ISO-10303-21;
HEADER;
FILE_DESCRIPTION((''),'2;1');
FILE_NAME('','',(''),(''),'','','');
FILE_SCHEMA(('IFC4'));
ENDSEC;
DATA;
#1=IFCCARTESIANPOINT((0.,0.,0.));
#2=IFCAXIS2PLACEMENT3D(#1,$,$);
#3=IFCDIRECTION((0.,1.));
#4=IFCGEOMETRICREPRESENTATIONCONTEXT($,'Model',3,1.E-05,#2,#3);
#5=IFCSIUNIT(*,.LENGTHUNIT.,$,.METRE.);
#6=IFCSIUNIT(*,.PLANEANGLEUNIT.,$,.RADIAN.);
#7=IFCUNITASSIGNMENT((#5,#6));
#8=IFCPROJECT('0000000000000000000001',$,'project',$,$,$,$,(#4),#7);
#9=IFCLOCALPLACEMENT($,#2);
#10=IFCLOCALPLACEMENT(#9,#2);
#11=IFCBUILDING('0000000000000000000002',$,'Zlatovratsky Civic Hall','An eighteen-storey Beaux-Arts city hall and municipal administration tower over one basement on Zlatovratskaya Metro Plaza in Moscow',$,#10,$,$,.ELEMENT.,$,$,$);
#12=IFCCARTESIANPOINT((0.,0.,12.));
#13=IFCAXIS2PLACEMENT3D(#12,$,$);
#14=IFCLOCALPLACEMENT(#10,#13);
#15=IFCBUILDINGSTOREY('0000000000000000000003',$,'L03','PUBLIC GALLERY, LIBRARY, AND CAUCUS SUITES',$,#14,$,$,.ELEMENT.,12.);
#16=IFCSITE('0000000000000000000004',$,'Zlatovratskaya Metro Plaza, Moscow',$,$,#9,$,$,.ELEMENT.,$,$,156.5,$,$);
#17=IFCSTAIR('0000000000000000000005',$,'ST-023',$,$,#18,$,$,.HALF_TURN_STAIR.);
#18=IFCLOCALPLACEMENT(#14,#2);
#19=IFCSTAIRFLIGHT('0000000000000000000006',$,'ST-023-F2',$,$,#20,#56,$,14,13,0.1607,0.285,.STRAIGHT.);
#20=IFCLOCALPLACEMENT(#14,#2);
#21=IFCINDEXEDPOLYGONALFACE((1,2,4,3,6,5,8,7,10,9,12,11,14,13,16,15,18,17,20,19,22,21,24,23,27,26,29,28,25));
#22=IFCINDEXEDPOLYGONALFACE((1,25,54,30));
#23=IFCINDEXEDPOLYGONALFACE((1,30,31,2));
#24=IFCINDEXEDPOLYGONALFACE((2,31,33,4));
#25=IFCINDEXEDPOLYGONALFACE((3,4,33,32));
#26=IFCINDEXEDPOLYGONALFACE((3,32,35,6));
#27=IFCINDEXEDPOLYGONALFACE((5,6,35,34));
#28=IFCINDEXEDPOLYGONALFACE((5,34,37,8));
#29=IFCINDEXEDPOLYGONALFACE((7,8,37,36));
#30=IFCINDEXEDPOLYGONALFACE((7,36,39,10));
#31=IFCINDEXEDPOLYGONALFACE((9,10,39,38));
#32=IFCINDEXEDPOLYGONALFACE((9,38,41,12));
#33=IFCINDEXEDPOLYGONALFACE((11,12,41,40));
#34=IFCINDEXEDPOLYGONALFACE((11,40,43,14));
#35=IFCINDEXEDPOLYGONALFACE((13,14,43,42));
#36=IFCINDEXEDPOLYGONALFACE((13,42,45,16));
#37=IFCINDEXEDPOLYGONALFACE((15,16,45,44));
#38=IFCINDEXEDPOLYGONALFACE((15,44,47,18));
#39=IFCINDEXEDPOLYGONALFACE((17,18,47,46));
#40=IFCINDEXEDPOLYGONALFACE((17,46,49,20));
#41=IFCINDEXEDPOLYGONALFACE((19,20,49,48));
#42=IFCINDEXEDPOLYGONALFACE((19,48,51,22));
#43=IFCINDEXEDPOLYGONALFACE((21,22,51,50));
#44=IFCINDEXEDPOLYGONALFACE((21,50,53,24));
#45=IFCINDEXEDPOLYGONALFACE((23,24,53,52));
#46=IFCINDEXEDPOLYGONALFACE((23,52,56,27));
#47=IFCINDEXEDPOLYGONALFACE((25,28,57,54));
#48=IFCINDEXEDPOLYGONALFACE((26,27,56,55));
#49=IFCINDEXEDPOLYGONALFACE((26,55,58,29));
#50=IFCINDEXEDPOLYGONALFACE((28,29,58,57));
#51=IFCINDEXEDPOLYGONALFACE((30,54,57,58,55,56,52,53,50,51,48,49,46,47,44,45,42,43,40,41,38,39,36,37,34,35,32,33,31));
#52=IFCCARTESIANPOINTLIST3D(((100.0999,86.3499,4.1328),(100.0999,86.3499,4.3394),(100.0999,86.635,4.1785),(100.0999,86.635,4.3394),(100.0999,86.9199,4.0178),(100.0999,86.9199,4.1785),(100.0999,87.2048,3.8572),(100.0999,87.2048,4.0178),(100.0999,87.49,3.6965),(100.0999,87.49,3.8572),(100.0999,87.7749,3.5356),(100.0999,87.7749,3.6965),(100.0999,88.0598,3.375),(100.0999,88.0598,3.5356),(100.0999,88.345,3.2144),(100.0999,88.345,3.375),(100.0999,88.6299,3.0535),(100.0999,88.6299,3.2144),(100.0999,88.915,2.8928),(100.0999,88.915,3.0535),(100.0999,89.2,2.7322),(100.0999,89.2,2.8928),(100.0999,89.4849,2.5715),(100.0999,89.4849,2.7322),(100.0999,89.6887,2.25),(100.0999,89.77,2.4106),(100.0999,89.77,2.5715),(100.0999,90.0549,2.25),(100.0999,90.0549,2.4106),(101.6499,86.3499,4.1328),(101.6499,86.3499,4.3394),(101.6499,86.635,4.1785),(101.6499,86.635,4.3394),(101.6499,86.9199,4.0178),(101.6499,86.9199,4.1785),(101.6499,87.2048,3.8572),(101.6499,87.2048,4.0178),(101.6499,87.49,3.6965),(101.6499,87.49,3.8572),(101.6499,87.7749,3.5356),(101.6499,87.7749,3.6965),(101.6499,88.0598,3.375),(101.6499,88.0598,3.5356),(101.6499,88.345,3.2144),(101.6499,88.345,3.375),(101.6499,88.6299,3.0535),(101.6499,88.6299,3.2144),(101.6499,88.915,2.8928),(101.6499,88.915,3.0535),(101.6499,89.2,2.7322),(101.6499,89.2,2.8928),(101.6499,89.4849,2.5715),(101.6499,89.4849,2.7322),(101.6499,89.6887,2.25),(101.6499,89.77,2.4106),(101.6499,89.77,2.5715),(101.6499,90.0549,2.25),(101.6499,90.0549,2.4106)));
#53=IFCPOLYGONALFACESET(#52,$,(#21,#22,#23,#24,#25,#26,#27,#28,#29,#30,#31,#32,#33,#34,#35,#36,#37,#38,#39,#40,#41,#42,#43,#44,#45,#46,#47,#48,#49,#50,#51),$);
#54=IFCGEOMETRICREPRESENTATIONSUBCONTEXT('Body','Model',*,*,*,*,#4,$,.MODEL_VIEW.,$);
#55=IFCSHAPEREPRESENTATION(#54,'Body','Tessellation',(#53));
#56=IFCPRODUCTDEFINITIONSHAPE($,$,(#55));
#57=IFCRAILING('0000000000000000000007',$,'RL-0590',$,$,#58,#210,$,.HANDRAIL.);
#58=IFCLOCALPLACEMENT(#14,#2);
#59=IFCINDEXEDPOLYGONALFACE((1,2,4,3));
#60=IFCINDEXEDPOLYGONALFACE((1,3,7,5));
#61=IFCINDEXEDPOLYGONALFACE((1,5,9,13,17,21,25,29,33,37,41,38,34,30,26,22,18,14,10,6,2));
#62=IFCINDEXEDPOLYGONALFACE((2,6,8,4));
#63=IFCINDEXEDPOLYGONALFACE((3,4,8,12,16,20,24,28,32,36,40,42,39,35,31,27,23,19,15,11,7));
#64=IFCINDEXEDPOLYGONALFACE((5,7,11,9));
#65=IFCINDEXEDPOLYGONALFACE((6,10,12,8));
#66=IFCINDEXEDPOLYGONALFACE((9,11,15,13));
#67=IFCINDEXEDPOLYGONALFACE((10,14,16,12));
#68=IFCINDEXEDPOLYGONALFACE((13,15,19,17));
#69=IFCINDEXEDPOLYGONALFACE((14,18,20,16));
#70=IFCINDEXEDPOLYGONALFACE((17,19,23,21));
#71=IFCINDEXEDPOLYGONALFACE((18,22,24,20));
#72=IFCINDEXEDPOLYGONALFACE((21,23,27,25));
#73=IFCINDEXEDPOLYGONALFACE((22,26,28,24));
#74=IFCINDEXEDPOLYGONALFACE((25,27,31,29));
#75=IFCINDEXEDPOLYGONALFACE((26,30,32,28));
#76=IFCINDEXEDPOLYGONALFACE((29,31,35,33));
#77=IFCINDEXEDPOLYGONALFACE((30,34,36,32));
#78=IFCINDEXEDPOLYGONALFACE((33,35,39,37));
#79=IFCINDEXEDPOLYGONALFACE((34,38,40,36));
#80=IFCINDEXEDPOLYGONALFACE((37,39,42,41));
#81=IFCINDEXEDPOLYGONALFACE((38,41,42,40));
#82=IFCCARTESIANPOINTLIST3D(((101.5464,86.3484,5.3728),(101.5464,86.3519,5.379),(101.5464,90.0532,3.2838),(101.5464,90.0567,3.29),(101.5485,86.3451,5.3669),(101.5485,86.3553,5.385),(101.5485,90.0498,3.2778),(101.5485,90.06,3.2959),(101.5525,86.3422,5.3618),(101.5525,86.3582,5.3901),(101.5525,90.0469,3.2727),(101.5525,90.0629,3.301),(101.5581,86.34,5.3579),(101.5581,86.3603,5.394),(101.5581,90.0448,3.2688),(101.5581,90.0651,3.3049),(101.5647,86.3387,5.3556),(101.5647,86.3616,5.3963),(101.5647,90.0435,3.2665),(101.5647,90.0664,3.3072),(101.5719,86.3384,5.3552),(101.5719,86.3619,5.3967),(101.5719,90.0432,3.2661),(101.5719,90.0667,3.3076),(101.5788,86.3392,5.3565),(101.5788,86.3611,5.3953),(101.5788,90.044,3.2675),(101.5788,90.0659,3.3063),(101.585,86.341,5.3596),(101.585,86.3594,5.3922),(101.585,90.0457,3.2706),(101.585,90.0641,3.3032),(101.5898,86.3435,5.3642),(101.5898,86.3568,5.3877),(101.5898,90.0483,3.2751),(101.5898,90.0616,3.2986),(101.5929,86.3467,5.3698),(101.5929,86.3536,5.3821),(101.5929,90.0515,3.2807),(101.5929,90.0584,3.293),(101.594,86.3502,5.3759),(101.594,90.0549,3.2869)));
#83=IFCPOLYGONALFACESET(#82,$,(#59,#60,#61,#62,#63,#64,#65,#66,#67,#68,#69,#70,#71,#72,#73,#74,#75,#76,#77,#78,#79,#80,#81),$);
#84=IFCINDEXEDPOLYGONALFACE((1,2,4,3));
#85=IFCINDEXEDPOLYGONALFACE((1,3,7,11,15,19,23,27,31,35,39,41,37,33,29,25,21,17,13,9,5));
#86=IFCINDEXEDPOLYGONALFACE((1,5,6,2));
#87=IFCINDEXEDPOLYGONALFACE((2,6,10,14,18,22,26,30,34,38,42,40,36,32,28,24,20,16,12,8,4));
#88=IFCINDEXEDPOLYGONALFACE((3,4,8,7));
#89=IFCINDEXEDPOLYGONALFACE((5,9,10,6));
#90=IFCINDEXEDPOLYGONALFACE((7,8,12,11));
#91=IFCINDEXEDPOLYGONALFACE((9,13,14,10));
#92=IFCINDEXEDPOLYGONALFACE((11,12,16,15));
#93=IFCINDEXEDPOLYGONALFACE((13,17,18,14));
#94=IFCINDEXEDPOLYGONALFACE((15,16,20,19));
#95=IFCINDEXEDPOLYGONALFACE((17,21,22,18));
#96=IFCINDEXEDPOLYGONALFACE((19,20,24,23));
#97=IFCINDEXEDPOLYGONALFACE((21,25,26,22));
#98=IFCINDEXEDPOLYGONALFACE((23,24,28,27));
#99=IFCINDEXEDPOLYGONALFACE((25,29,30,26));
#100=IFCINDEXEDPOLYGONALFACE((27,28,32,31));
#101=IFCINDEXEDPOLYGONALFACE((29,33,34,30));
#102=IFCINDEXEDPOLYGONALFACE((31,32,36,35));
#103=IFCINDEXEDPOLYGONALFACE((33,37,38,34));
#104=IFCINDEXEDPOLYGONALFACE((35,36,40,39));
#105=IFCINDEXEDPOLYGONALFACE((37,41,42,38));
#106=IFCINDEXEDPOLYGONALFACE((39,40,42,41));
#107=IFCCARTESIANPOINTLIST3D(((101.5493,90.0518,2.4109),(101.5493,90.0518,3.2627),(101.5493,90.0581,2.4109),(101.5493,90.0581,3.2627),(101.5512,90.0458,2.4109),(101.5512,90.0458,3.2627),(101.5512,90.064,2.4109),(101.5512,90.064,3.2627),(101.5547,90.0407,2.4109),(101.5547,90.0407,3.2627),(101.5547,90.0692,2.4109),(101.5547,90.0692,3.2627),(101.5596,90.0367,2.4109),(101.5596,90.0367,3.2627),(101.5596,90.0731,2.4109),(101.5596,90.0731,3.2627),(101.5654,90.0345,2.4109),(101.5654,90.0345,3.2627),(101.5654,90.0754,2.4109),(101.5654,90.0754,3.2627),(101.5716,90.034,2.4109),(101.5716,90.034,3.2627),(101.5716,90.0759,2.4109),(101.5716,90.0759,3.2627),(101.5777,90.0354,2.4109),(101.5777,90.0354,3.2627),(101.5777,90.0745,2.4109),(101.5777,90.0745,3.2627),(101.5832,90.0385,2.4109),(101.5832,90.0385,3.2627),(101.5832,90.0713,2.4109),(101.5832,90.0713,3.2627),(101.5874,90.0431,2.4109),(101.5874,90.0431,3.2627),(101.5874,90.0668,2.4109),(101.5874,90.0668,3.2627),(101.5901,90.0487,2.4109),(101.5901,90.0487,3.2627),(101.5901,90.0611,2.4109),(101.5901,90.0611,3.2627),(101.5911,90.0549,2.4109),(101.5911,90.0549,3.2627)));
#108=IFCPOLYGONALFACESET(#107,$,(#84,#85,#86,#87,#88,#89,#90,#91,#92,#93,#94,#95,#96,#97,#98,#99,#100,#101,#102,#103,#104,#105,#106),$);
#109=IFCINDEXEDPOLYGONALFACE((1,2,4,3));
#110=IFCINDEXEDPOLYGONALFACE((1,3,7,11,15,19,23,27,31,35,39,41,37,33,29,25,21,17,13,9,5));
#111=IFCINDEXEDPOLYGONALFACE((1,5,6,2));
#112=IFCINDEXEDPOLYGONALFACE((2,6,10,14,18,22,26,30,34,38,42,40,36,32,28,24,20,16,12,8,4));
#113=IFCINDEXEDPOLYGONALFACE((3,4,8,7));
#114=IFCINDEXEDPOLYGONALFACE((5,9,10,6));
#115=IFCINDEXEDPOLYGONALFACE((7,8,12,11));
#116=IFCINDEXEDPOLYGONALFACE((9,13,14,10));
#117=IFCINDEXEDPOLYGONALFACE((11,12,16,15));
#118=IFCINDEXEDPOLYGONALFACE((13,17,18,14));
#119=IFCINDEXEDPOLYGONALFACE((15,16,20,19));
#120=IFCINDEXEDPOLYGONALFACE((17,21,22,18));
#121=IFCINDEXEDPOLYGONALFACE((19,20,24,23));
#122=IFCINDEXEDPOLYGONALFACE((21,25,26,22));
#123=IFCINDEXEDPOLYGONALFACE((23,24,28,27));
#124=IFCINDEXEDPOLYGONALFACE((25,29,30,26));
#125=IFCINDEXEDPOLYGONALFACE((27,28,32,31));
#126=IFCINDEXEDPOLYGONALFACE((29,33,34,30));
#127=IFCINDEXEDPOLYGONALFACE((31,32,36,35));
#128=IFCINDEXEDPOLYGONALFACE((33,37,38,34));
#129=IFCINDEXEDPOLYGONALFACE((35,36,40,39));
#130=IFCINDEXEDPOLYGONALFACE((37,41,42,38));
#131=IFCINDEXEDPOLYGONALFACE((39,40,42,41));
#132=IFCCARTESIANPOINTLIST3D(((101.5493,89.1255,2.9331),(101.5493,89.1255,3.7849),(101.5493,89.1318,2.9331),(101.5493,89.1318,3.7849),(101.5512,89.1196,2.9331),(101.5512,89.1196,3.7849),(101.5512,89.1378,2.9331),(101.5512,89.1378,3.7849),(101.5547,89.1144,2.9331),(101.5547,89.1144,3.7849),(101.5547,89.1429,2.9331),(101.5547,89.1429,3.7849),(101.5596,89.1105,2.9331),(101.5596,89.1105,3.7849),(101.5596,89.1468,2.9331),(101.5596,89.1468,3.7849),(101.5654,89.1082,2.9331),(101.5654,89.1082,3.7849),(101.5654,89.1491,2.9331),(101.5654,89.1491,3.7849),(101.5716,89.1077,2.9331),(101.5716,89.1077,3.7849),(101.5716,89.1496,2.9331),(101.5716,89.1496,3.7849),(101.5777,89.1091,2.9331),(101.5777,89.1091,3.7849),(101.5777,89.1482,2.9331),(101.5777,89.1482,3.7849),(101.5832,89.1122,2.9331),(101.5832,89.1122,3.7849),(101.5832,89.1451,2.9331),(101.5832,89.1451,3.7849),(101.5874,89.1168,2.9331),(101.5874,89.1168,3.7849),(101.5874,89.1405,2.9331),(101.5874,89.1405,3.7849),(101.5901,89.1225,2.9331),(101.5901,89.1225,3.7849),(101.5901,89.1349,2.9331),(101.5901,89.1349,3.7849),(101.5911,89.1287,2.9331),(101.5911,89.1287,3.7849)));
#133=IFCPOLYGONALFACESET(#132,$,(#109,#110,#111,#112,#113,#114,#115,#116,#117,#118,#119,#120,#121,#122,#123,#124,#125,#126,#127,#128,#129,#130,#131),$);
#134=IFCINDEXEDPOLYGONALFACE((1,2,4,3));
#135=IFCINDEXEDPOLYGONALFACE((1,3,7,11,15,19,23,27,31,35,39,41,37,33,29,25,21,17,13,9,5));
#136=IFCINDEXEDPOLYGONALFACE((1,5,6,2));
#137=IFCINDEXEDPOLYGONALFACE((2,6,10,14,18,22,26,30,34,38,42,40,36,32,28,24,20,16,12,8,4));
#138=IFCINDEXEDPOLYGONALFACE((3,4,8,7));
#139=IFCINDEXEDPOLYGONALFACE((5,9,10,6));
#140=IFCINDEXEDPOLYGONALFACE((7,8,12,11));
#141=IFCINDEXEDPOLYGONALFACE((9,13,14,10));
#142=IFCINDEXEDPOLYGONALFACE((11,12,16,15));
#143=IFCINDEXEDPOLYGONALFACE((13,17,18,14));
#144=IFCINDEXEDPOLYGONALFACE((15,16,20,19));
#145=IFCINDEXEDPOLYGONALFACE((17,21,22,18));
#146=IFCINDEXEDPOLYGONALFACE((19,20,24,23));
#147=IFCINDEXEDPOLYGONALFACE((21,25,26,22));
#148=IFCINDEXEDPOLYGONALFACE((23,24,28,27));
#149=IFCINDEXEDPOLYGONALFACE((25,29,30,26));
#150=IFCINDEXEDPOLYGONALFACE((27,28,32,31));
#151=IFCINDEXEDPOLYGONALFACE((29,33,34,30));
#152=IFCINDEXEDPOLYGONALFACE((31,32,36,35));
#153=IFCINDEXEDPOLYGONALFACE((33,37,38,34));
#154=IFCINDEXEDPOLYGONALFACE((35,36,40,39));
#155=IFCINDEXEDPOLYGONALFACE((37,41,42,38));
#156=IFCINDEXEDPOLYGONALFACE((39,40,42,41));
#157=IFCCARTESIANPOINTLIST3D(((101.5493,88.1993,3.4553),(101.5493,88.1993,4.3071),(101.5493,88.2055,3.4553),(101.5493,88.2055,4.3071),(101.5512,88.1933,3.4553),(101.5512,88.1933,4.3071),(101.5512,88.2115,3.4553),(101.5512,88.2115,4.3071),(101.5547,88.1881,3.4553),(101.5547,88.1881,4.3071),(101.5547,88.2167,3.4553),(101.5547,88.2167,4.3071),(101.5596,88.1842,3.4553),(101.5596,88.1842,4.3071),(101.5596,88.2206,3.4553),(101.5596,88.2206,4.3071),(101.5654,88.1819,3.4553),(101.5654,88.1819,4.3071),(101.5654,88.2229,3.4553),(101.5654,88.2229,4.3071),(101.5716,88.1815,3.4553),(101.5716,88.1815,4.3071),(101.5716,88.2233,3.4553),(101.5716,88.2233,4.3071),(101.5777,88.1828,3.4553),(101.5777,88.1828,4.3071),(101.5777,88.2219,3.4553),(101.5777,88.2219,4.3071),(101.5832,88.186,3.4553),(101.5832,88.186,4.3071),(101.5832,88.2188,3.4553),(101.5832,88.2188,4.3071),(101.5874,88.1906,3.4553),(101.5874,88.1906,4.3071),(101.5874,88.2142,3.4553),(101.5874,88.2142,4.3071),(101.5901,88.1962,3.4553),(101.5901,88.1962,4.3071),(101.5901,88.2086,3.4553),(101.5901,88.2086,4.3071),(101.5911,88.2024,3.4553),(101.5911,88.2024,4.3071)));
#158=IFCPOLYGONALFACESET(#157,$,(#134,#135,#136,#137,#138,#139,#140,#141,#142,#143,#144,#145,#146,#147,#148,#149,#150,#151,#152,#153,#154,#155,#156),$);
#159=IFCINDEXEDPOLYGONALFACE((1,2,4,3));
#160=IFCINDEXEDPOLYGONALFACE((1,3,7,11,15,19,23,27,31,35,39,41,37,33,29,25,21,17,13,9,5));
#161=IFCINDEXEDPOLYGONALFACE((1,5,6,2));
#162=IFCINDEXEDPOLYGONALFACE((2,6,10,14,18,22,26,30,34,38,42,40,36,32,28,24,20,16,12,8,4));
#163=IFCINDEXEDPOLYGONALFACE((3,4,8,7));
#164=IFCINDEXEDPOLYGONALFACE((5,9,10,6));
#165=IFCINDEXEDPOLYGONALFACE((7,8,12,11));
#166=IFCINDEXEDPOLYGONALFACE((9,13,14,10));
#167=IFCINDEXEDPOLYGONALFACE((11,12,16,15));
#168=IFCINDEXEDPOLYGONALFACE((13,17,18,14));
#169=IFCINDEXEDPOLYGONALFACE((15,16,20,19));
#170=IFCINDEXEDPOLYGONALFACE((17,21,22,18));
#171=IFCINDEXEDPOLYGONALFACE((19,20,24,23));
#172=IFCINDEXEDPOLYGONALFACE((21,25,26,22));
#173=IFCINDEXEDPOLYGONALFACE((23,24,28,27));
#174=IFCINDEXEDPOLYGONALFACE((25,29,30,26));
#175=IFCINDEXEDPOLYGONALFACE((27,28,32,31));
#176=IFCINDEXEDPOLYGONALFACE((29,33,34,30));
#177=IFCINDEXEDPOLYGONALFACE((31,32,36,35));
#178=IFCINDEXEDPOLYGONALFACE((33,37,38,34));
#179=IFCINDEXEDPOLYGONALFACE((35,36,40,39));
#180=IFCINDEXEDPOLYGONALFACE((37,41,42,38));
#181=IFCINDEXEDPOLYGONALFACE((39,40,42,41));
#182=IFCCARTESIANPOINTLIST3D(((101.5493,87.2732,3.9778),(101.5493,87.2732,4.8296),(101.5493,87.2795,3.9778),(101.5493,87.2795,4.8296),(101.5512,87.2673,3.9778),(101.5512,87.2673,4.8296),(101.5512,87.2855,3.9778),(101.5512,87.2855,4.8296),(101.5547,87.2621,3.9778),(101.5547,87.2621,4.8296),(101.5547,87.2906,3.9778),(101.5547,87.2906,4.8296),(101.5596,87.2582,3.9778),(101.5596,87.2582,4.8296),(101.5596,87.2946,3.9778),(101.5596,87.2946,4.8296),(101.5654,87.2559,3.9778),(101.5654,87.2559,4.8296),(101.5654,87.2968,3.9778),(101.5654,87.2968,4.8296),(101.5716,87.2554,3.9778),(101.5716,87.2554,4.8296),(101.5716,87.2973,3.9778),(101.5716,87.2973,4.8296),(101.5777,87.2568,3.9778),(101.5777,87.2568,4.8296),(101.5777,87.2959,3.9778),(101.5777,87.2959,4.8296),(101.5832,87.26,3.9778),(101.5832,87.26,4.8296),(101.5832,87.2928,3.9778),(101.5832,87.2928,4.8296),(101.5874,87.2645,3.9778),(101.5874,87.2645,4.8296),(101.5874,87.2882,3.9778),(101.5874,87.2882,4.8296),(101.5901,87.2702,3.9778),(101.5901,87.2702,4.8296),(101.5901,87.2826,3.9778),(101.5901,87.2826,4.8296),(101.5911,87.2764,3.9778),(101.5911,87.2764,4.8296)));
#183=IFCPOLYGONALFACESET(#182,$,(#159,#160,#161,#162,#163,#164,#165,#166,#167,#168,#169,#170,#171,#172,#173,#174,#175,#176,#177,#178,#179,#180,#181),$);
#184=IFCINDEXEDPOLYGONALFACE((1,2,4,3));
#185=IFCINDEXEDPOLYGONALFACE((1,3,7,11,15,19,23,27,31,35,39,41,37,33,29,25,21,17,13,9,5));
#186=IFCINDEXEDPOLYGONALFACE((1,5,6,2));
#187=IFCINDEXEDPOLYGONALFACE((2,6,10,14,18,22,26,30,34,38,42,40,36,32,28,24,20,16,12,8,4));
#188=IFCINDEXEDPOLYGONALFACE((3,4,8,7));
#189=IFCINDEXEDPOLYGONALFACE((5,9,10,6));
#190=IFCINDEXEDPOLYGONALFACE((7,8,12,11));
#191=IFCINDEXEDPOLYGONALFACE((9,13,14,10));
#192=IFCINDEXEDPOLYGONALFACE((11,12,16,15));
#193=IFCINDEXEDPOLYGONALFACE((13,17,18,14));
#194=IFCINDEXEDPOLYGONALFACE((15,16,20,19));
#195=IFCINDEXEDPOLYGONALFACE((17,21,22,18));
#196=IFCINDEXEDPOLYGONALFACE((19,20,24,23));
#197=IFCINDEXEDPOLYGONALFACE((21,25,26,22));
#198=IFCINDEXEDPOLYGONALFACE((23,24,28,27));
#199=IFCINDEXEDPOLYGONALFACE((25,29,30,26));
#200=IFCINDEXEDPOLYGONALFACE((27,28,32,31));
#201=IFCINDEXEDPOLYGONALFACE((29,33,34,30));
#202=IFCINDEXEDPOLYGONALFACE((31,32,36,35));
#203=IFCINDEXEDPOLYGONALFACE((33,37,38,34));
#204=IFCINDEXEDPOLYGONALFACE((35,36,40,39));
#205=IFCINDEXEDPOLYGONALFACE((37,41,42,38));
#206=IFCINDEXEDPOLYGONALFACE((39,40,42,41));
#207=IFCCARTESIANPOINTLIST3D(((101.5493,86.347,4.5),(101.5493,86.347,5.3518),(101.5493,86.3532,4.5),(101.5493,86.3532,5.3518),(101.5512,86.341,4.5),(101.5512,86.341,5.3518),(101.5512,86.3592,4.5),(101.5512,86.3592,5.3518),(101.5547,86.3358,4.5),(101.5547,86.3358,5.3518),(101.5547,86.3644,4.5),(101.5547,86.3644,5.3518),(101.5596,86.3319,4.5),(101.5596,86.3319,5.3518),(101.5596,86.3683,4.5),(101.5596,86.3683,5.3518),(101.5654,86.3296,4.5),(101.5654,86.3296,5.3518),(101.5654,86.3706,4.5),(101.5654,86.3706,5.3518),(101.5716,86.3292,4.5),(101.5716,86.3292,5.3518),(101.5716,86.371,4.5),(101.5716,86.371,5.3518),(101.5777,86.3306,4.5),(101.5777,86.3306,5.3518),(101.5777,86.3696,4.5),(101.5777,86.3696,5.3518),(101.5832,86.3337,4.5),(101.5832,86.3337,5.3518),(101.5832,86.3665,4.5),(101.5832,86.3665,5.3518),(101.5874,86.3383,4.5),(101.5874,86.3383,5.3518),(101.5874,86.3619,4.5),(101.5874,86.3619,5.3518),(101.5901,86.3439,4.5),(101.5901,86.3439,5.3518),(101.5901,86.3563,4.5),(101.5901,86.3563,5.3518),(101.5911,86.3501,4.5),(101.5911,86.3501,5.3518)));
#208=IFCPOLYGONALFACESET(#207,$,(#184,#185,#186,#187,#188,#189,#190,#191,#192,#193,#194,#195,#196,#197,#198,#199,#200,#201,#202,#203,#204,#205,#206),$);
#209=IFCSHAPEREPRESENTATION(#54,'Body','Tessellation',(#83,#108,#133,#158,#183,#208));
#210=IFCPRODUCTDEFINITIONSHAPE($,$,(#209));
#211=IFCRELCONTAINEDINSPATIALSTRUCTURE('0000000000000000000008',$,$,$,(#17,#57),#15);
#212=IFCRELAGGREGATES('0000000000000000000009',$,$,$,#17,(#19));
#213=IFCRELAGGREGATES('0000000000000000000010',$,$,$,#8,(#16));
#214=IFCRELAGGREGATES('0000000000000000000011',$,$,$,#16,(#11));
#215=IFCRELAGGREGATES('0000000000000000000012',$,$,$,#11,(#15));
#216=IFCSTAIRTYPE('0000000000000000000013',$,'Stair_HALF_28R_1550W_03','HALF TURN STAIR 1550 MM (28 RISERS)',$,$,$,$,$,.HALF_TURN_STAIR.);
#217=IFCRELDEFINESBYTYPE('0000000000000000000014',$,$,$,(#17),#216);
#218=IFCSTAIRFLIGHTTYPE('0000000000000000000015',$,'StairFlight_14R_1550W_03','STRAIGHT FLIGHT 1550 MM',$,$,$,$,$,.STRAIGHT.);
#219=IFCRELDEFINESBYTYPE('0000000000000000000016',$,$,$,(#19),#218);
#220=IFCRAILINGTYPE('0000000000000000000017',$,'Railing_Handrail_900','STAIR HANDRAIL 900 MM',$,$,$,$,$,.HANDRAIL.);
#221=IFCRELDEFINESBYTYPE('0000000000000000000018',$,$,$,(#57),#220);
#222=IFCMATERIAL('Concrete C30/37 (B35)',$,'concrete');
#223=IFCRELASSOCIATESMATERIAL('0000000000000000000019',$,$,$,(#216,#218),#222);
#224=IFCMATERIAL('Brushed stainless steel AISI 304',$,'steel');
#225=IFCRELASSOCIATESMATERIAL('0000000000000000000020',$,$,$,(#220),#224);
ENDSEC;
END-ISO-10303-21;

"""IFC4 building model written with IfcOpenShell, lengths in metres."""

from ifc_helpers import new_model, si_unit, direction, frame, origin, origin_2d, place, context, subcontext, project, spatial, polyline, circle, outline, extrude, material, type_object, element, aggregate, save


model = new_model("IFC4")

# Units and contexts
model_context = context("Model", 3, precision=1e-05, world=origin(), true_north=direction((0.0, 1.0)))
body_context = subcontext(model_context, "Body", "Model", "MODEL_VIEW")
ifc_project = project(units=[si_unit("LENGTHUNIT", "METRE"), si_unit("PLANEANGLEUNIT", "RADIAN")], contexts=[model_context])

# Site, building, storey
site_placement = place(None, origin())
site = spatial("IfcSite", under=ifc_project, at=site_placement, Name="Zlatovratskaya Metro Plaza, Moscow", CompositionType="ELEMENT", RefElevation=156.5)
building_placement = place(site_placement, origin())
building = spatial("IfcBuilding", under=site, at=building_placement, Name="Zlatovratsky Civic Hall", Description="An eighteen-storey Beaux-Arts city hall and municipal administration tower over one basement on Zlatovratskaya Metro Plaza in Moscow", CompositionType="ELEMENT")
storey_placement = place(building_placement, frame((0.0, 0.0, 12.0)))
storey = spatial("IfcBuildingStorey", under=building, at=storey_placement, Name="L03", Description="PUBLIC GALLERY, LIBRARY, AND CAUCUS SUITES", CompositionType="ELEMENT", Elevation=12.0)

# Stair, stair flight
ifc_material_1 = material(Name="Concrete C30/37 (B35)", Category="concrete")
stair_type = type_object("IfcStairType", Name="Stair_HALF_28R_1550W_03", Description="HALF TURN STAIR 1550 MM (28 RISERS)", PredefinedType="HALF_TURN_STAIR", material=ifc_material_1)
stair_placement = place(storey_placement, origin())
stair = element("IfcStair", 1, at=stair_placement, inside=storey, type_object=stair_type, Name="ST-023", PredefinedType="HALF_TURN_STAIR")
stair_flight_type = type_object("IfcStairFlightType", Name="StairFlight_14R_1550W_03", Description="STRAIGHT FLIGHT 1550 MM", PredefinedType="STRAIGHT", material=ifc_material_1)
stair_flight_placement = place(storey_placement, frame((100.875, 90.0549, 2.25), z_axis=(0.0, 0.0, 1.0), x_axis=(0.0, -1.0, 0.0)))
stair_flight = element("IfcStairFlight", 2, at=stair_flight_placement, type_object=stair_flight_type, Name="ST-023-F2", NumberOfRisers=14, NumberOfTreads=13, PredefinedType="STRAIGHT", RiserHeight=0.1607, TreadLength=0.285, context=body_context, shape_type="SweptSolid", body=[
    extrude(outline(polyline([(0.0, 0.0), (0.0, 0.1606), (0.2849, 0.1606), (0.2849, 0.3215), (0.5701, 0.3215), (0.5701, 0.4822), (0.855, 0.4822), (0.855, 0.6428), (1.1399, 0.6428), (1.1399, 0.8035), (1.425, 0.8035), (1.425, 0.9644), (1.71, 0.9644), (1.71, 1.125), (1.9951, 1.125), (1.9951, 1.2856), (2.28, 1.2856), (2.28, 1.4465), (2.5649, 1.4465), (2.5649, 1.6072), (2.8501, 1.6072), (2.8501, 1.7678), (3.135, 1.7678), (3.135, 1.9285), (3.4199, 1.9285), (3.4199, 2.0894), (3.7051, 2.0894), (3.7051, 2.25), (3.7051, 1.8828), (0.3662, 0.0), (0.0, 0.0)])), frame((0.0, 0.7749, 0.0), z_axis=(0.0, -1.0, 0.0), x_axis=(1.0, 0.0, 0.0)), (0.0, 0.0, 1.0), 1.55),
])
aggregate(stair, [stair_flight])

# Railing
ifc_material_2 = material(Name="Brushed stainless steel AISI 304", Category="steel")
railing_type = type_object("IfcRailingType", Name="Railing_Handrail_900", Description="STAIR HANDRAIL 900 MM", PredefinedType="HANDRAIL", material=ifc_material_2)
railing_placement = place(storey_placement, frame((101.5701, 90.0549, 2.4109)))
element("IfcRailing", 3, at=railing_placement, inside=storey, type_object=railing_type, Name="RL-0590", PredefinedType="HANDRAIL", context=body_context, shape_type="SweptSolid", body=[
    extrude(circle(Radius=0.0239, at=origin_2d()), frame((0.0, 0.0, 0.876), z_axis=(0.0, -0.871058, 0.491179), x_axis=(1.0, 0.0, 0.0)), (0.0, 0.0, 1.0), 4.2532),
    extrude(circle(Radius=0.021, at=origin_2d()), origin(), (0.0, 0.0, 1.0), 0.8518),
    extrude(circle(Radius=0.021, at=origin_2d()), frame((0.0, -0.9263, 0.5222)), (0.0, 0.0, 1.0), 0.8518),
    extrude(circle(Radius=0.021, at=origin_2d()), frame((0.0, -1.8525, 1.0444)), (0.0, 0.0, 1.0), 0.8518),
    extrude(circle(Radius=0.021, at=origin_2d()), frame((0.0, -2.7786, 1.5669)), (0.0, 0.0, 1.0), 0.8518),
    extrude(circle(Radius=0.021, at=origin_2d()), frame((0.0, -3.7048, 2.0891)), (0.0, 0.0, 1.0), 0.8518),
])

save(model, "model.ifc")
